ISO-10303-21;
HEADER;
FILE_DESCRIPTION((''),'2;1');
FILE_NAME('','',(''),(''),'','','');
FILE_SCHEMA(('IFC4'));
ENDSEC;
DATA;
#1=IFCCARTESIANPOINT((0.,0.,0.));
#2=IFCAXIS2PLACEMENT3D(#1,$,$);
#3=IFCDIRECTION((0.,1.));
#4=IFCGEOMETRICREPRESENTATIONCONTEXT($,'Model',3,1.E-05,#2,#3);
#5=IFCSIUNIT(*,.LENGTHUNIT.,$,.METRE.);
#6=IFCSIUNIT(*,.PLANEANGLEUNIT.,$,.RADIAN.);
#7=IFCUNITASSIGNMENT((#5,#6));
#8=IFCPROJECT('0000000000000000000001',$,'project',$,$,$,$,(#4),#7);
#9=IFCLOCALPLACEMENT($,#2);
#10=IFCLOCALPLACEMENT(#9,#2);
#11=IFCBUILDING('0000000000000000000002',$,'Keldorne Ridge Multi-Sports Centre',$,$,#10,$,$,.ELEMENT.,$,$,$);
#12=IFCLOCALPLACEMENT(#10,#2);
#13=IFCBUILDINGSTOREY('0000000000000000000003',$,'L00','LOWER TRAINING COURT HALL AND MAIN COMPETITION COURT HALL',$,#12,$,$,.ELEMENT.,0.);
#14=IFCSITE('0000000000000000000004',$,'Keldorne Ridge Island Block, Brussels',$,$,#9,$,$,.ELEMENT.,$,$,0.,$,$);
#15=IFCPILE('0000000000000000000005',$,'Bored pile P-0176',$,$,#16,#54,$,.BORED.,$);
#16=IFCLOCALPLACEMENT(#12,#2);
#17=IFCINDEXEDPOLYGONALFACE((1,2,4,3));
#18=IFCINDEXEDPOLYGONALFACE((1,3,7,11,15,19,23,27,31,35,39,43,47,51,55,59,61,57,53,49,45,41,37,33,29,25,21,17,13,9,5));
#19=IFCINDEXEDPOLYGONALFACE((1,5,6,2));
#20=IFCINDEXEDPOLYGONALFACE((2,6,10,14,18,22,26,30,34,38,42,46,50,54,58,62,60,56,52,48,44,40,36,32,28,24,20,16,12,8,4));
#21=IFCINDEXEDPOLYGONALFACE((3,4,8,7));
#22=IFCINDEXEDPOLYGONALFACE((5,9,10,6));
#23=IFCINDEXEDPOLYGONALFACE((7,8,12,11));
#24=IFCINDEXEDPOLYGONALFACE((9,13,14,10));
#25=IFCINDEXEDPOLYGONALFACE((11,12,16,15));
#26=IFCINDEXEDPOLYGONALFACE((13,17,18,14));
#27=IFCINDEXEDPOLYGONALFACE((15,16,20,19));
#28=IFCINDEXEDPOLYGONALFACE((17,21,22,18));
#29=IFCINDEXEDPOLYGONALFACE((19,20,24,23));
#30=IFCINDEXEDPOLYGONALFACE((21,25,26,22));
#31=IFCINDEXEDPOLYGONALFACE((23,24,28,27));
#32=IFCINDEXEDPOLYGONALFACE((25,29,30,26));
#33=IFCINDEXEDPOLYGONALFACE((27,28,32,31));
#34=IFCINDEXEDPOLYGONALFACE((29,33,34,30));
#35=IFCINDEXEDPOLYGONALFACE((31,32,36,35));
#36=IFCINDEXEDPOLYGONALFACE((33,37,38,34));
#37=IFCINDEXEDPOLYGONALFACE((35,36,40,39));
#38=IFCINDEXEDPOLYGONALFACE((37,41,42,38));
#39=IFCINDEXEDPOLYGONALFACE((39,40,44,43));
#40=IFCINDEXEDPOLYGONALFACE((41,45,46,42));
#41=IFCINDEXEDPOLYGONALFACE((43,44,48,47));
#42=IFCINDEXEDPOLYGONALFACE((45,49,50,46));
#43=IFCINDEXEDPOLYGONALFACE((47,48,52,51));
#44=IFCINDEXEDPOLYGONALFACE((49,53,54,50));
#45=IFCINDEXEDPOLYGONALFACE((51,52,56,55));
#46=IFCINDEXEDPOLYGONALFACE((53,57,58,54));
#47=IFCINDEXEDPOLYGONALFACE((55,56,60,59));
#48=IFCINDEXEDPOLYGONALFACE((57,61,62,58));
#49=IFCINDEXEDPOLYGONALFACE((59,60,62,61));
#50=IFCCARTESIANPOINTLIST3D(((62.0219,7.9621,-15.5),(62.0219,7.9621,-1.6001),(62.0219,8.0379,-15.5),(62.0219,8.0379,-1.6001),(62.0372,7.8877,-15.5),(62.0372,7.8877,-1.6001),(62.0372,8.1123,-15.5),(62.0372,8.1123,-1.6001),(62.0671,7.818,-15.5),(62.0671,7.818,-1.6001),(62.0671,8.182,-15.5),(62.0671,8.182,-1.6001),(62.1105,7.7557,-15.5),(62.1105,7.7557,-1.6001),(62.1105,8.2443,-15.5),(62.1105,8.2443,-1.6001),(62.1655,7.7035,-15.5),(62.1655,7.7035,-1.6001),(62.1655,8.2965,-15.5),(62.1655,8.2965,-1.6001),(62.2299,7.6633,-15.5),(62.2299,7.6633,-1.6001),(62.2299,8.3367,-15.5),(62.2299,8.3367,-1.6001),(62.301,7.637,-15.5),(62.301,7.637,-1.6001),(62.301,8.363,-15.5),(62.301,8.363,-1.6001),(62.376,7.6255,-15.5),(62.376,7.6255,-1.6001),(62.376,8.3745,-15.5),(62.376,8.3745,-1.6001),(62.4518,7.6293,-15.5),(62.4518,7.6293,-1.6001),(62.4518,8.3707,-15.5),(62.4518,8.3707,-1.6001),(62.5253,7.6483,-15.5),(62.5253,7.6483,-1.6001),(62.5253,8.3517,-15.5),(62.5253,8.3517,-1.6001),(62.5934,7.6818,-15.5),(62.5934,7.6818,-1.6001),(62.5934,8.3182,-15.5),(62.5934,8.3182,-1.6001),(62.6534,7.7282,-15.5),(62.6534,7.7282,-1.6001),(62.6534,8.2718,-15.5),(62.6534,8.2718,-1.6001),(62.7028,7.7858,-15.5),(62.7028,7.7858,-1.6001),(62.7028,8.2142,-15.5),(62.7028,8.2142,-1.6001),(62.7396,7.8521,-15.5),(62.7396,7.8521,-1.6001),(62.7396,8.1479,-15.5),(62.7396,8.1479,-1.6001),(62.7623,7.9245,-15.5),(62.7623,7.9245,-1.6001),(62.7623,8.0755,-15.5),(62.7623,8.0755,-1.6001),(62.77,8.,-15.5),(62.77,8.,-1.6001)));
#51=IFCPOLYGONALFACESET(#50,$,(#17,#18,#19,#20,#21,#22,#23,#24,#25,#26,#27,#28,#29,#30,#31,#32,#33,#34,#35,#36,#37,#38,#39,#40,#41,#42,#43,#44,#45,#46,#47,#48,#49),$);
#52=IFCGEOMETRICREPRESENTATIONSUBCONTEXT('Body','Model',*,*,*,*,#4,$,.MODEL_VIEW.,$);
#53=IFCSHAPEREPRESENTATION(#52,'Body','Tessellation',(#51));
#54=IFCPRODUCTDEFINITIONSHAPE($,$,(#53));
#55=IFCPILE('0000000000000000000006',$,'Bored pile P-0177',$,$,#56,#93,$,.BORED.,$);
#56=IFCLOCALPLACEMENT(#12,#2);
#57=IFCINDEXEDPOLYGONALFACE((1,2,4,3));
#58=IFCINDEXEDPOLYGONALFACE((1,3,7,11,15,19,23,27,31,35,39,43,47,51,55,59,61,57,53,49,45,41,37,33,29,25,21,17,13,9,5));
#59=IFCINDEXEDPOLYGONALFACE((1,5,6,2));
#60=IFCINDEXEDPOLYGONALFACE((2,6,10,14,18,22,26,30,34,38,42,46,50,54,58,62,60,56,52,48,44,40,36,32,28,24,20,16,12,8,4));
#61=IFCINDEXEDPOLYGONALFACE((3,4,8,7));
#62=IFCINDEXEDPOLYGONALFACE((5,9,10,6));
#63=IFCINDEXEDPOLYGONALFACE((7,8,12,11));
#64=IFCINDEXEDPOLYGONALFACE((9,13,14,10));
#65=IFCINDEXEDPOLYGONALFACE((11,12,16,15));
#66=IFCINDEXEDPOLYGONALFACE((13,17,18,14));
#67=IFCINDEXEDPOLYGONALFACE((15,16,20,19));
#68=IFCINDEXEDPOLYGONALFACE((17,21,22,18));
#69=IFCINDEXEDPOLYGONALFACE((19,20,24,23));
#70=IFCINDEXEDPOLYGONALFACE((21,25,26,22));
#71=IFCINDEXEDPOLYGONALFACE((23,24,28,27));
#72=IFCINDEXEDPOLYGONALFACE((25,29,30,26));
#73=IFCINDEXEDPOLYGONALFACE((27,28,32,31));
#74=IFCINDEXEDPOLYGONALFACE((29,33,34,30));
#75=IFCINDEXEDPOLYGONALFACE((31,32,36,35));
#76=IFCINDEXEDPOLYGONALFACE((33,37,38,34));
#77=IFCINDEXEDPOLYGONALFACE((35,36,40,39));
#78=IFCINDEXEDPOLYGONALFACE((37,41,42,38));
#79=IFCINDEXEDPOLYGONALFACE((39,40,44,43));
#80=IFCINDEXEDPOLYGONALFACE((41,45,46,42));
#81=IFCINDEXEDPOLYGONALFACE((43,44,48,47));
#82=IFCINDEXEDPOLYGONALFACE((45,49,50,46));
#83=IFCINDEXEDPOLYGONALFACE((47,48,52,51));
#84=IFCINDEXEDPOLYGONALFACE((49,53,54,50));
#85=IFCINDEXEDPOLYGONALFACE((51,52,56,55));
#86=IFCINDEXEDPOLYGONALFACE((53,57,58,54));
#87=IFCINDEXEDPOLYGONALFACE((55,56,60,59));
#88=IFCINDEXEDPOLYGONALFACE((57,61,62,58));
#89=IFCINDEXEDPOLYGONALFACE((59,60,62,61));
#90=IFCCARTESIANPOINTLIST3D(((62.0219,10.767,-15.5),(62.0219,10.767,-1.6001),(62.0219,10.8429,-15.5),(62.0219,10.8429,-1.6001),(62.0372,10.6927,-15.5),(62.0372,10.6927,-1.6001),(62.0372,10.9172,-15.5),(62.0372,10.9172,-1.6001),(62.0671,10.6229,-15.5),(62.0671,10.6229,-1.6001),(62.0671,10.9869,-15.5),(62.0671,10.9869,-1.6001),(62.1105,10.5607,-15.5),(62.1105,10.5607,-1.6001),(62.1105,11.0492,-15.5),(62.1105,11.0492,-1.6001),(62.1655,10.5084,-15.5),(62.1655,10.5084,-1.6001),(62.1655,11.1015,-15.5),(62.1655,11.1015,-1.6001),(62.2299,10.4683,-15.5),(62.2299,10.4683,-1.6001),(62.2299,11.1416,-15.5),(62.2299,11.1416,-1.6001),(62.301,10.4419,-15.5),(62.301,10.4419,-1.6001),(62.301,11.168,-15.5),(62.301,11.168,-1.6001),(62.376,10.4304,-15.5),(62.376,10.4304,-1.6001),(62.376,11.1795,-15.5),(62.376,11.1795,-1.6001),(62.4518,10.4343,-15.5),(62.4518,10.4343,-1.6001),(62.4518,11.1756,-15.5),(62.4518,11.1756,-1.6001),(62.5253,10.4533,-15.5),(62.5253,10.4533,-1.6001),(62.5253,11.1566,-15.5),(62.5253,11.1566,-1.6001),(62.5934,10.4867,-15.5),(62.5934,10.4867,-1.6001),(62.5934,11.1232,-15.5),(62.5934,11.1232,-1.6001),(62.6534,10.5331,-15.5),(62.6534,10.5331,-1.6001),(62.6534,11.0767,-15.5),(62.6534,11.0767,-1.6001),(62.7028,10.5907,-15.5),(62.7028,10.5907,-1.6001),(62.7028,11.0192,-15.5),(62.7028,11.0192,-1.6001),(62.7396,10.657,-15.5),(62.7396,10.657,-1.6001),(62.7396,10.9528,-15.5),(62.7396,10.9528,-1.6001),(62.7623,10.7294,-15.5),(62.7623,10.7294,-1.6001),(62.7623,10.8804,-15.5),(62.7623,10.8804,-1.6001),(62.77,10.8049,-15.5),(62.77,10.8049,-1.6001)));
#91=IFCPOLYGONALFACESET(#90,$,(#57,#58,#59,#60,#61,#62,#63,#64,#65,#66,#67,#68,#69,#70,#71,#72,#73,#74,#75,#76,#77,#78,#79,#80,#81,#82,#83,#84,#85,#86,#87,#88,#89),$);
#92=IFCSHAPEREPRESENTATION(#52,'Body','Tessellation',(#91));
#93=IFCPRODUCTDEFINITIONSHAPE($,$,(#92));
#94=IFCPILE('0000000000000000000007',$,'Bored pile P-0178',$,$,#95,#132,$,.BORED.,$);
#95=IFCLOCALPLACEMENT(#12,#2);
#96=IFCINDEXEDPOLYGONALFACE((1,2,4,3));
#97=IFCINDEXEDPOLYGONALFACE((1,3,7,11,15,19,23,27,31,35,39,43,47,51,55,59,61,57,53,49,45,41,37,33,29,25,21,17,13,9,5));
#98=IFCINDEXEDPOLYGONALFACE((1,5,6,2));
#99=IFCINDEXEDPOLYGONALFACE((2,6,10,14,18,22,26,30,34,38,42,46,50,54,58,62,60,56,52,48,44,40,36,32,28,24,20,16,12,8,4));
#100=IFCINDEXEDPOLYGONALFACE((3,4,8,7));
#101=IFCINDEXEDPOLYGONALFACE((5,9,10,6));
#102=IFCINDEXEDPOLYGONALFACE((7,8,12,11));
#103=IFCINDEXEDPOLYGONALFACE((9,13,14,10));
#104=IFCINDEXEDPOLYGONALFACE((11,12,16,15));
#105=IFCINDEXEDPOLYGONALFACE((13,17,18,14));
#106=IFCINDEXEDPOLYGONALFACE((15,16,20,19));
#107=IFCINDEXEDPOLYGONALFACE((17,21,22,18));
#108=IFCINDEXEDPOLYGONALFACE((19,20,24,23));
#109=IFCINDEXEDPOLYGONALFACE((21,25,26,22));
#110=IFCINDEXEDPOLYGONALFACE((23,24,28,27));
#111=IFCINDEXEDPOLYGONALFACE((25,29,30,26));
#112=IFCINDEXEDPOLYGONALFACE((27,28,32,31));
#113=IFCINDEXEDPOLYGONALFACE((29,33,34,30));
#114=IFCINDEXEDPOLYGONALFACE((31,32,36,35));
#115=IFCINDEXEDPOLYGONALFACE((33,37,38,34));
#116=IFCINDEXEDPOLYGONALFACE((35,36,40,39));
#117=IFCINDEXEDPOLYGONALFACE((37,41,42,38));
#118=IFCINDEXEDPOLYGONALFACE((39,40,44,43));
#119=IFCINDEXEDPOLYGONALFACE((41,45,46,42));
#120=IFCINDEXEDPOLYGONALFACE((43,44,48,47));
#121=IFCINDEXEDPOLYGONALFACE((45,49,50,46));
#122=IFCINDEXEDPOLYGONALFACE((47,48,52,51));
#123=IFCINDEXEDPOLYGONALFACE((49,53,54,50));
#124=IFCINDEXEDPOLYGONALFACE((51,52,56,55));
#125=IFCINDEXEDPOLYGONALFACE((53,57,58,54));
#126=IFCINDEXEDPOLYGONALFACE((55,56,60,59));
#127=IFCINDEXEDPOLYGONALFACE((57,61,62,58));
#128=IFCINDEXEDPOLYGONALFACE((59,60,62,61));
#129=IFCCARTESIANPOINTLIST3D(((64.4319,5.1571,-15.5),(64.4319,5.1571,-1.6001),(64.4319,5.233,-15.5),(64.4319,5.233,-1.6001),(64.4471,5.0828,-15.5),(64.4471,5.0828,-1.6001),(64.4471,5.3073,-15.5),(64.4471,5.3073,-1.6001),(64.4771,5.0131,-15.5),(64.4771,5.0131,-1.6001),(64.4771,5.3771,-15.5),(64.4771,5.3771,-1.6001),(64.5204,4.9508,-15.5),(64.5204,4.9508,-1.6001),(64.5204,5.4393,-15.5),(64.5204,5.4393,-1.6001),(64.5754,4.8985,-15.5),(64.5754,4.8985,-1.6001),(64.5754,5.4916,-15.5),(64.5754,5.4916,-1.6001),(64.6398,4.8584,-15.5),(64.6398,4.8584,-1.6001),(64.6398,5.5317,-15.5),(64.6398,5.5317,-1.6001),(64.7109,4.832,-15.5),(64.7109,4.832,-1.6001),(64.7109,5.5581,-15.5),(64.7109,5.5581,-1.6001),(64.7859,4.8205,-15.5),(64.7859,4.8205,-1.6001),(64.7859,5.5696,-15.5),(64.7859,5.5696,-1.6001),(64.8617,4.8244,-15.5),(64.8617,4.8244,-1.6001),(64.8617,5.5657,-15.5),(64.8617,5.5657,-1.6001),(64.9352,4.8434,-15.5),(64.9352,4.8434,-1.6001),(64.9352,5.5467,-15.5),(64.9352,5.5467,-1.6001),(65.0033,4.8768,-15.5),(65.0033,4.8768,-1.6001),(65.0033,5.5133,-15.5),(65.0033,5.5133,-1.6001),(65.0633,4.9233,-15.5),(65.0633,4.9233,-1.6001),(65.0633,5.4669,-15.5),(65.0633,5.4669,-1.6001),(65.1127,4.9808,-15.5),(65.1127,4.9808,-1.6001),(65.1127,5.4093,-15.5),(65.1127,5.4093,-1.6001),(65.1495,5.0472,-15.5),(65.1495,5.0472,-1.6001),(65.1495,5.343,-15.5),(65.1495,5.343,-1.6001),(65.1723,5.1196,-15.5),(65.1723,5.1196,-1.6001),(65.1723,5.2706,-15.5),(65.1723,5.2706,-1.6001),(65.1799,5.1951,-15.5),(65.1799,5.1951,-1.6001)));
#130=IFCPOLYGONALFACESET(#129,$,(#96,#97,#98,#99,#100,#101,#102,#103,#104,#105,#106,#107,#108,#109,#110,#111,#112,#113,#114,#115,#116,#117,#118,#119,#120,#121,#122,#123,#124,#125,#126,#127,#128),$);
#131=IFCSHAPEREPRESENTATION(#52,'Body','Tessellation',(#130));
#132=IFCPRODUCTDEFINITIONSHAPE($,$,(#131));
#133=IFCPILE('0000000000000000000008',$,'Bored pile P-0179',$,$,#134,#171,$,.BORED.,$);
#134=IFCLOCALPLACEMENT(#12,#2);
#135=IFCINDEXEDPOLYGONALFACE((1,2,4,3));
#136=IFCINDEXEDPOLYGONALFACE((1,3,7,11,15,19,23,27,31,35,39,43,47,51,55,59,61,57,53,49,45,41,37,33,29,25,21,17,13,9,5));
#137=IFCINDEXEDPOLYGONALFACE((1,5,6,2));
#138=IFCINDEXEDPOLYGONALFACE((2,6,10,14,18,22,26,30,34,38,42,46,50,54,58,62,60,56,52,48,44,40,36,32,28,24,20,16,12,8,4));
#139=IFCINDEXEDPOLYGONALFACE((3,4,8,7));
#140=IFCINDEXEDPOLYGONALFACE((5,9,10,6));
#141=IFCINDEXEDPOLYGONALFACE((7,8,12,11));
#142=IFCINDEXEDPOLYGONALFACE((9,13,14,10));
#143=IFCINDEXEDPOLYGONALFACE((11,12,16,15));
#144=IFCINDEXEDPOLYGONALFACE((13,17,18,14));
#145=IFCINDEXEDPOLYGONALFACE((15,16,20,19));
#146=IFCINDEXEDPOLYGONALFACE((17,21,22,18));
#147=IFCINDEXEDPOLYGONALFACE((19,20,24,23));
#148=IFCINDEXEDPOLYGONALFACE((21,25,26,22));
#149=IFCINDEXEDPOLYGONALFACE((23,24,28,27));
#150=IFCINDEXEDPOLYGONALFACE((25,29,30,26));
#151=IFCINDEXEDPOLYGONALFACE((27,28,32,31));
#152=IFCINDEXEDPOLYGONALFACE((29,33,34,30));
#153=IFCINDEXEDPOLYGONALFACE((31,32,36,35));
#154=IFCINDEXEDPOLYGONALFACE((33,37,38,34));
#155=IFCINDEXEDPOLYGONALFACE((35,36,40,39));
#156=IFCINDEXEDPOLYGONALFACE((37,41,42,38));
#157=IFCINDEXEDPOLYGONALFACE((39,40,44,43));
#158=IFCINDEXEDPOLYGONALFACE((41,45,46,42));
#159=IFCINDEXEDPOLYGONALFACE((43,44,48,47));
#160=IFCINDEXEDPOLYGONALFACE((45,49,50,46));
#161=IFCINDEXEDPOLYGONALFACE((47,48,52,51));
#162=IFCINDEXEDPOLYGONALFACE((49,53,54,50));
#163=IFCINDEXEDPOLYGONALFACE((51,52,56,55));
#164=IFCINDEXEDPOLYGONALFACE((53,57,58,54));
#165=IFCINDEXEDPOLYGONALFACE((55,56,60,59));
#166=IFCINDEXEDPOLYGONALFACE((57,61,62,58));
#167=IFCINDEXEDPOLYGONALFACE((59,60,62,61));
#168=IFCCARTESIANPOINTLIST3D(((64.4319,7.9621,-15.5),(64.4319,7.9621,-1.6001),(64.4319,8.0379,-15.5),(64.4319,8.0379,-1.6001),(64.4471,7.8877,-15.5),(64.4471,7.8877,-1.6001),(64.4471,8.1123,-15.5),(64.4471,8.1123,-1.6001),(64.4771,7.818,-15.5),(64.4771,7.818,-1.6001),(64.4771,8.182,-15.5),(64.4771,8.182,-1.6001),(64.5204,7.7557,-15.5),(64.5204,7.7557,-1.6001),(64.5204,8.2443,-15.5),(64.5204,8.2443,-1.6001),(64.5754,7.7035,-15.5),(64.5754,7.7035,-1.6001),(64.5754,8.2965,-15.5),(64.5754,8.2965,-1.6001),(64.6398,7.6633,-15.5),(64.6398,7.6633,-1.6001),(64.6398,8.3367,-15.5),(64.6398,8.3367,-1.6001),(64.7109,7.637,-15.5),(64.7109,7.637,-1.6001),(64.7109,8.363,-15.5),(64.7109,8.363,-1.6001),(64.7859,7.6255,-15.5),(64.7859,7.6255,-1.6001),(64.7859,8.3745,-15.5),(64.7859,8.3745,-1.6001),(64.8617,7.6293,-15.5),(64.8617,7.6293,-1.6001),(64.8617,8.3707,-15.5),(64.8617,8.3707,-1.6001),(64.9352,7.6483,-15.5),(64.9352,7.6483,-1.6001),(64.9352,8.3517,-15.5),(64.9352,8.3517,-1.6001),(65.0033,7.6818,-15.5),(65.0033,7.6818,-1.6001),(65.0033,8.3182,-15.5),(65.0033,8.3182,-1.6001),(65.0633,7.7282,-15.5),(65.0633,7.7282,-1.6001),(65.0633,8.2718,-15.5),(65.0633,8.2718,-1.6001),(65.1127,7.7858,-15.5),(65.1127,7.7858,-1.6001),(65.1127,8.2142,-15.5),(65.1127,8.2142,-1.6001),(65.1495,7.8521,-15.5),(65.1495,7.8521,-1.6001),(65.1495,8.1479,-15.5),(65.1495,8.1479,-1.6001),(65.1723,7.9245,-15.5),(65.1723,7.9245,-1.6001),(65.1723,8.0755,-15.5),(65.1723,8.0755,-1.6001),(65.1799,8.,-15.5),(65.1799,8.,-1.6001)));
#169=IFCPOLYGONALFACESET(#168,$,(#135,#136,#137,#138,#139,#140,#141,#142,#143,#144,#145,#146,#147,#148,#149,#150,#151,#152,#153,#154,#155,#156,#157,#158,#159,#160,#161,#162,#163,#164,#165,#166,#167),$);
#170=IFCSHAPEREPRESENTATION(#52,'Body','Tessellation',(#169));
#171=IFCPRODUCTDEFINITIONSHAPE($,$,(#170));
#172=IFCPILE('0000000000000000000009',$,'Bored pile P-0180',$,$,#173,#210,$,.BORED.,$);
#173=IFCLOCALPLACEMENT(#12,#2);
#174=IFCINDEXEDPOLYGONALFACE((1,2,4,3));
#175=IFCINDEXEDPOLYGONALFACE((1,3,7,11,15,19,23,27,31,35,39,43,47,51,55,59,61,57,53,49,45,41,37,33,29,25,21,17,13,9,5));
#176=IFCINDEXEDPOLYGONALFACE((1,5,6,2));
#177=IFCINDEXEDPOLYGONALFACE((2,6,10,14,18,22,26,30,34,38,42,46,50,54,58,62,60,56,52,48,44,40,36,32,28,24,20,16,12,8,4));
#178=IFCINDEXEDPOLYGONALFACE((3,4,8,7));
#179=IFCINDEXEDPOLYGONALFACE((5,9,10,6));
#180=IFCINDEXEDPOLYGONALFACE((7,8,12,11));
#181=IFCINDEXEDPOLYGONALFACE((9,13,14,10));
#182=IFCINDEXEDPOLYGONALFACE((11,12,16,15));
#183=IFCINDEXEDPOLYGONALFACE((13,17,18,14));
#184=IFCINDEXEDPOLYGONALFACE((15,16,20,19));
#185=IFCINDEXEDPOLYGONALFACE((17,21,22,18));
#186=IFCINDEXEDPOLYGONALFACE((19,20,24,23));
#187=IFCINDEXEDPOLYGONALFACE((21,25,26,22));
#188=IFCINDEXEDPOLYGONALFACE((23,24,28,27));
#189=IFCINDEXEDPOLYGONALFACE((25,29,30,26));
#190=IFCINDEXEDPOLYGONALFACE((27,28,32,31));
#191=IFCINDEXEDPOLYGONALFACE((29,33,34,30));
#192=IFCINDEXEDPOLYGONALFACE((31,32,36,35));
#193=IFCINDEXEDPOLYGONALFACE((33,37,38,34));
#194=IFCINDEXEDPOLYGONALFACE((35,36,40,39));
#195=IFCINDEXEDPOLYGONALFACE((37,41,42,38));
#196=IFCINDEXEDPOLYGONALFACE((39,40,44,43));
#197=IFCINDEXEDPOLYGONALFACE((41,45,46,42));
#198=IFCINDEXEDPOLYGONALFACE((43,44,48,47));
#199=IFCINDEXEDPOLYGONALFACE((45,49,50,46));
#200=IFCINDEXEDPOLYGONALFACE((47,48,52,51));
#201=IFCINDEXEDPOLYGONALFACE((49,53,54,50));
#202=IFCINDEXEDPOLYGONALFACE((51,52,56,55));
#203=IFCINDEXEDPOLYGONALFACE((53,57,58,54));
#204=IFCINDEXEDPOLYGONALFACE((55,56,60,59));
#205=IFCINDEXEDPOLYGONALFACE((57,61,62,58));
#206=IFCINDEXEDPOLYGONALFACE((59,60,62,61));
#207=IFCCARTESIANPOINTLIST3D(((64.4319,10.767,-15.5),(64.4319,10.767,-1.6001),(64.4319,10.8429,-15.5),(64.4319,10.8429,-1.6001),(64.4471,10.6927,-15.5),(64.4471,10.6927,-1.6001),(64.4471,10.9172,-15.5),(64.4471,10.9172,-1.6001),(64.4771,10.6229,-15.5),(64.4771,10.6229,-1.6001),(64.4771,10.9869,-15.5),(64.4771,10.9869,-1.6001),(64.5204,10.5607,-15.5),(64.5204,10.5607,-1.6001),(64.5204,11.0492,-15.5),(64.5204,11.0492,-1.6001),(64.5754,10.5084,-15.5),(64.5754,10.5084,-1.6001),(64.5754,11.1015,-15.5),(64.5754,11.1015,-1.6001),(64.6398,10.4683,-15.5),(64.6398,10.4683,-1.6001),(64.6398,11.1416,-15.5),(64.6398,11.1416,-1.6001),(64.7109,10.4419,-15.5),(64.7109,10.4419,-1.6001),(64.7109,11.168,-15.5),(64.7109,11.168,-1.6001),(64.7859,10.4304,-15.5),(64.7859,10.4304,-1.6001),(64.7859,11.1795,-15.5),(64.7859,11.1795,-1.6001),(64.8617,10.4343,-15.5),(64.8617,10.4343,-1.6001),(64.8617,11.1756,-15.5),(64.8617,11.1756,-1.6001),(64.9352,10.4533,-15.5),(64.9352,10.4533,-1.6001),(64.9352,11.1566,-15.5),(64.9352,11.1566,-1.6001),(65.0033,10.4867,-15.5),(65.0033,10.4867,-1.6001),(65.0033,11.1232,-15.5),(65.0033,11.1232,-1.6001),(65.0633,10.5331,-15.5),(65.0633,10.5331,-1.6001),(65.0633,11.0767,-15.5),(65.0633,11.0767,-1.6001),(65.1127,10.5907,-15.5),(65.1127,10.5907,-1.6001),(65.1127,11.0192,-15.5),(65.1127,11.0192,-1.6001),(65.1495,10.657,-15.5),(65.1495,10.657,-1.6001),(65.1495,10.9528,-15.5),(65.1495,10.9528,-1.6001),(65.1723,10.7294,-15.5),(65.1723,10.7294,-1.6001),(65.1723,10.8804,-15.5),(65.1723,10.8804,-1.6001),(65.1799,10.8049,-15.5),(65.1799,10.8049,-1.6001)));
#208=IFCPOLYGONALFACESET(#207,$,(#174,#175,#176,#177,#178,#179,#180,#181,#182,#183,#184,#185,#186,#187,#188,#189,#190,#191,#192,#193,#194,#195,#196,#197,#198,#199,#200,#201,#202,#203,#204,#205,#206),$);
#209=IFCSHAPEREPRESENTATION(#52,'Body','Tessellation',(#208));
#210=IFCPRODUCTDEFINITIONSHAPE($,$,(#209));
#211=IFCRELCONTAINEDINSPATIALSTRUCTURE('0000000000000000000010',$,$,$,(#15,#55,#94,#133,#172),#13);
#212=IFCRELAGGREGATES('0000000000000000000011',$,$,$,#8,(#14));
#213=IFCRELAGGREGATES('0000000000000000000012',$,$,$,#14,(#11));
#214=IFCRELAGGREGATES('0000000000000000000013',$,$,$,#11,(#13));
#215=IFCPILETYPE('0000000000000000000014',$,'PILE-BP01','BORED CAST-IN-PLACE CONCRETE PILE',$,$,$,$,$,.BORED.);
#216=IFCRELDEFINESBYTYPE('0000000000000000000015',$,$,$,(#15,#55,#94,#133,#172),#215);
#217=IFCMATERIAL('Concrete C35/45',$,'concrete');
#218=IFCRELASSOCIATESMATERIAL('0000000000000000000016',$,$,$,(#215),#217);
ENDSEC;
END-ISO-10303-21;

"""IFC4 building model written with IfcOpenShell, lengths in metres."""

from ifc_helpers import new_model, si_unit, direction, frame, origin, origin_2d, place, context, subcontext, project, spatial, circle, extrude, material, material_profile, profile_set, type_object, element, save


model = new_model("IFC4")

# Units and contexts
model_context = context("Model", 3, precision=1e-05, world=origin(), true_north=direction((0.0, 1.0)))
body_context = subcontext(model_context, "Body", "Model", "MODEL_VIEW")
ifc_project = project(units=[si_unit("LENGTHUNIT", "METRE"), si_unit("PLANEANGLEUNIT", "RADIAN")], contexts=[model_context])

# Site, building, storey
site_placement = place(None, origin())
site = spatial("IfcSite", under=ifc_project, at=site_placement, Name="Keldorne Ridge Island Block, Brussels", CompositionType="ELEMENT", RefElevation=0.0)
building_placement = place(site_placement, origin())
building = spatial("IfcBuilding", under=site, at=building_placement, Name="Keldorne Ridge Multi-Sports Centre", CompositionType="ELEMENT")
storey_placement = place(building_placement, origin())
storey = spatial("IfcBuildingStorey", under=building, at=storey_placement, Name="L00", Description="LOWER TRAINING COURT HALL AND MAIN COMPETITION COURT HALL", CompositionType="ELEMENT", Elevation=0.0)

# Shared definitions
ifc_material_1 = material(Name="Concrete C35/45", Category="concrete")

# Piles
ifc_material_profile_1 = material_profile(ifc_material_1, circle(Radius=0.375, at=origin_2d()), Name="BORED PILE D750")
ifc_profile_set_1 = profile_set([ifc_material_profile_1], Name="Concrete C35/45")
pile_type = type_object("IfcPileType", Name="PILE-BP01", Description="BORED CAST-IN-PLACE CONCRETE PILE", PredefinedType="BORED", material=ifc_profile_set_1)
for number, where, z_axis, x_axis, name in (
    (1, (62.395, 8.0, -1.6001), (0.0, 0.0, -1.0), (1.0, 0.0, 0.0), "Bored pile P-0176"),
    (2, (62.395, 10.8049, -1.6001), (0.0, 0.0, -1.0), (1.0, 0.0, 0.0), "Bored pile P-0177"),
    (3, (64.8049, 5.1951, -1.6001), (0.0, 0.0, -1.0), (1.0, 0.0, 0.0), "Bored pile P-0178"),
    (4, (64.8049, 8.0, -1.6001), (0.0, 0.0, -1.0), (1.0, 0.0, 0.0), "Bored pile P-0179"),
    (5, (64.8049, 10.8049, -1.6001), (0.0, 0.0, -1.0), (1.0, 0.0, 0.0), "Bored pile P-0180"),
):
    element("IfcPile", number, at=place(storey_placement, frame(where, z_axis=z_axis, x_axis=x_axis)), inside=storey, type_object=pile_type, Name=name, PredefinedType="BORED", context=body_context, shape_type="SweptSolid", body=[
        extrude(circle(Radius=0.375, at=origin_2d()), origin(), (0.0, 0.0, 1.0), 13.8999),
    ])

save(model, "model.ifc")
